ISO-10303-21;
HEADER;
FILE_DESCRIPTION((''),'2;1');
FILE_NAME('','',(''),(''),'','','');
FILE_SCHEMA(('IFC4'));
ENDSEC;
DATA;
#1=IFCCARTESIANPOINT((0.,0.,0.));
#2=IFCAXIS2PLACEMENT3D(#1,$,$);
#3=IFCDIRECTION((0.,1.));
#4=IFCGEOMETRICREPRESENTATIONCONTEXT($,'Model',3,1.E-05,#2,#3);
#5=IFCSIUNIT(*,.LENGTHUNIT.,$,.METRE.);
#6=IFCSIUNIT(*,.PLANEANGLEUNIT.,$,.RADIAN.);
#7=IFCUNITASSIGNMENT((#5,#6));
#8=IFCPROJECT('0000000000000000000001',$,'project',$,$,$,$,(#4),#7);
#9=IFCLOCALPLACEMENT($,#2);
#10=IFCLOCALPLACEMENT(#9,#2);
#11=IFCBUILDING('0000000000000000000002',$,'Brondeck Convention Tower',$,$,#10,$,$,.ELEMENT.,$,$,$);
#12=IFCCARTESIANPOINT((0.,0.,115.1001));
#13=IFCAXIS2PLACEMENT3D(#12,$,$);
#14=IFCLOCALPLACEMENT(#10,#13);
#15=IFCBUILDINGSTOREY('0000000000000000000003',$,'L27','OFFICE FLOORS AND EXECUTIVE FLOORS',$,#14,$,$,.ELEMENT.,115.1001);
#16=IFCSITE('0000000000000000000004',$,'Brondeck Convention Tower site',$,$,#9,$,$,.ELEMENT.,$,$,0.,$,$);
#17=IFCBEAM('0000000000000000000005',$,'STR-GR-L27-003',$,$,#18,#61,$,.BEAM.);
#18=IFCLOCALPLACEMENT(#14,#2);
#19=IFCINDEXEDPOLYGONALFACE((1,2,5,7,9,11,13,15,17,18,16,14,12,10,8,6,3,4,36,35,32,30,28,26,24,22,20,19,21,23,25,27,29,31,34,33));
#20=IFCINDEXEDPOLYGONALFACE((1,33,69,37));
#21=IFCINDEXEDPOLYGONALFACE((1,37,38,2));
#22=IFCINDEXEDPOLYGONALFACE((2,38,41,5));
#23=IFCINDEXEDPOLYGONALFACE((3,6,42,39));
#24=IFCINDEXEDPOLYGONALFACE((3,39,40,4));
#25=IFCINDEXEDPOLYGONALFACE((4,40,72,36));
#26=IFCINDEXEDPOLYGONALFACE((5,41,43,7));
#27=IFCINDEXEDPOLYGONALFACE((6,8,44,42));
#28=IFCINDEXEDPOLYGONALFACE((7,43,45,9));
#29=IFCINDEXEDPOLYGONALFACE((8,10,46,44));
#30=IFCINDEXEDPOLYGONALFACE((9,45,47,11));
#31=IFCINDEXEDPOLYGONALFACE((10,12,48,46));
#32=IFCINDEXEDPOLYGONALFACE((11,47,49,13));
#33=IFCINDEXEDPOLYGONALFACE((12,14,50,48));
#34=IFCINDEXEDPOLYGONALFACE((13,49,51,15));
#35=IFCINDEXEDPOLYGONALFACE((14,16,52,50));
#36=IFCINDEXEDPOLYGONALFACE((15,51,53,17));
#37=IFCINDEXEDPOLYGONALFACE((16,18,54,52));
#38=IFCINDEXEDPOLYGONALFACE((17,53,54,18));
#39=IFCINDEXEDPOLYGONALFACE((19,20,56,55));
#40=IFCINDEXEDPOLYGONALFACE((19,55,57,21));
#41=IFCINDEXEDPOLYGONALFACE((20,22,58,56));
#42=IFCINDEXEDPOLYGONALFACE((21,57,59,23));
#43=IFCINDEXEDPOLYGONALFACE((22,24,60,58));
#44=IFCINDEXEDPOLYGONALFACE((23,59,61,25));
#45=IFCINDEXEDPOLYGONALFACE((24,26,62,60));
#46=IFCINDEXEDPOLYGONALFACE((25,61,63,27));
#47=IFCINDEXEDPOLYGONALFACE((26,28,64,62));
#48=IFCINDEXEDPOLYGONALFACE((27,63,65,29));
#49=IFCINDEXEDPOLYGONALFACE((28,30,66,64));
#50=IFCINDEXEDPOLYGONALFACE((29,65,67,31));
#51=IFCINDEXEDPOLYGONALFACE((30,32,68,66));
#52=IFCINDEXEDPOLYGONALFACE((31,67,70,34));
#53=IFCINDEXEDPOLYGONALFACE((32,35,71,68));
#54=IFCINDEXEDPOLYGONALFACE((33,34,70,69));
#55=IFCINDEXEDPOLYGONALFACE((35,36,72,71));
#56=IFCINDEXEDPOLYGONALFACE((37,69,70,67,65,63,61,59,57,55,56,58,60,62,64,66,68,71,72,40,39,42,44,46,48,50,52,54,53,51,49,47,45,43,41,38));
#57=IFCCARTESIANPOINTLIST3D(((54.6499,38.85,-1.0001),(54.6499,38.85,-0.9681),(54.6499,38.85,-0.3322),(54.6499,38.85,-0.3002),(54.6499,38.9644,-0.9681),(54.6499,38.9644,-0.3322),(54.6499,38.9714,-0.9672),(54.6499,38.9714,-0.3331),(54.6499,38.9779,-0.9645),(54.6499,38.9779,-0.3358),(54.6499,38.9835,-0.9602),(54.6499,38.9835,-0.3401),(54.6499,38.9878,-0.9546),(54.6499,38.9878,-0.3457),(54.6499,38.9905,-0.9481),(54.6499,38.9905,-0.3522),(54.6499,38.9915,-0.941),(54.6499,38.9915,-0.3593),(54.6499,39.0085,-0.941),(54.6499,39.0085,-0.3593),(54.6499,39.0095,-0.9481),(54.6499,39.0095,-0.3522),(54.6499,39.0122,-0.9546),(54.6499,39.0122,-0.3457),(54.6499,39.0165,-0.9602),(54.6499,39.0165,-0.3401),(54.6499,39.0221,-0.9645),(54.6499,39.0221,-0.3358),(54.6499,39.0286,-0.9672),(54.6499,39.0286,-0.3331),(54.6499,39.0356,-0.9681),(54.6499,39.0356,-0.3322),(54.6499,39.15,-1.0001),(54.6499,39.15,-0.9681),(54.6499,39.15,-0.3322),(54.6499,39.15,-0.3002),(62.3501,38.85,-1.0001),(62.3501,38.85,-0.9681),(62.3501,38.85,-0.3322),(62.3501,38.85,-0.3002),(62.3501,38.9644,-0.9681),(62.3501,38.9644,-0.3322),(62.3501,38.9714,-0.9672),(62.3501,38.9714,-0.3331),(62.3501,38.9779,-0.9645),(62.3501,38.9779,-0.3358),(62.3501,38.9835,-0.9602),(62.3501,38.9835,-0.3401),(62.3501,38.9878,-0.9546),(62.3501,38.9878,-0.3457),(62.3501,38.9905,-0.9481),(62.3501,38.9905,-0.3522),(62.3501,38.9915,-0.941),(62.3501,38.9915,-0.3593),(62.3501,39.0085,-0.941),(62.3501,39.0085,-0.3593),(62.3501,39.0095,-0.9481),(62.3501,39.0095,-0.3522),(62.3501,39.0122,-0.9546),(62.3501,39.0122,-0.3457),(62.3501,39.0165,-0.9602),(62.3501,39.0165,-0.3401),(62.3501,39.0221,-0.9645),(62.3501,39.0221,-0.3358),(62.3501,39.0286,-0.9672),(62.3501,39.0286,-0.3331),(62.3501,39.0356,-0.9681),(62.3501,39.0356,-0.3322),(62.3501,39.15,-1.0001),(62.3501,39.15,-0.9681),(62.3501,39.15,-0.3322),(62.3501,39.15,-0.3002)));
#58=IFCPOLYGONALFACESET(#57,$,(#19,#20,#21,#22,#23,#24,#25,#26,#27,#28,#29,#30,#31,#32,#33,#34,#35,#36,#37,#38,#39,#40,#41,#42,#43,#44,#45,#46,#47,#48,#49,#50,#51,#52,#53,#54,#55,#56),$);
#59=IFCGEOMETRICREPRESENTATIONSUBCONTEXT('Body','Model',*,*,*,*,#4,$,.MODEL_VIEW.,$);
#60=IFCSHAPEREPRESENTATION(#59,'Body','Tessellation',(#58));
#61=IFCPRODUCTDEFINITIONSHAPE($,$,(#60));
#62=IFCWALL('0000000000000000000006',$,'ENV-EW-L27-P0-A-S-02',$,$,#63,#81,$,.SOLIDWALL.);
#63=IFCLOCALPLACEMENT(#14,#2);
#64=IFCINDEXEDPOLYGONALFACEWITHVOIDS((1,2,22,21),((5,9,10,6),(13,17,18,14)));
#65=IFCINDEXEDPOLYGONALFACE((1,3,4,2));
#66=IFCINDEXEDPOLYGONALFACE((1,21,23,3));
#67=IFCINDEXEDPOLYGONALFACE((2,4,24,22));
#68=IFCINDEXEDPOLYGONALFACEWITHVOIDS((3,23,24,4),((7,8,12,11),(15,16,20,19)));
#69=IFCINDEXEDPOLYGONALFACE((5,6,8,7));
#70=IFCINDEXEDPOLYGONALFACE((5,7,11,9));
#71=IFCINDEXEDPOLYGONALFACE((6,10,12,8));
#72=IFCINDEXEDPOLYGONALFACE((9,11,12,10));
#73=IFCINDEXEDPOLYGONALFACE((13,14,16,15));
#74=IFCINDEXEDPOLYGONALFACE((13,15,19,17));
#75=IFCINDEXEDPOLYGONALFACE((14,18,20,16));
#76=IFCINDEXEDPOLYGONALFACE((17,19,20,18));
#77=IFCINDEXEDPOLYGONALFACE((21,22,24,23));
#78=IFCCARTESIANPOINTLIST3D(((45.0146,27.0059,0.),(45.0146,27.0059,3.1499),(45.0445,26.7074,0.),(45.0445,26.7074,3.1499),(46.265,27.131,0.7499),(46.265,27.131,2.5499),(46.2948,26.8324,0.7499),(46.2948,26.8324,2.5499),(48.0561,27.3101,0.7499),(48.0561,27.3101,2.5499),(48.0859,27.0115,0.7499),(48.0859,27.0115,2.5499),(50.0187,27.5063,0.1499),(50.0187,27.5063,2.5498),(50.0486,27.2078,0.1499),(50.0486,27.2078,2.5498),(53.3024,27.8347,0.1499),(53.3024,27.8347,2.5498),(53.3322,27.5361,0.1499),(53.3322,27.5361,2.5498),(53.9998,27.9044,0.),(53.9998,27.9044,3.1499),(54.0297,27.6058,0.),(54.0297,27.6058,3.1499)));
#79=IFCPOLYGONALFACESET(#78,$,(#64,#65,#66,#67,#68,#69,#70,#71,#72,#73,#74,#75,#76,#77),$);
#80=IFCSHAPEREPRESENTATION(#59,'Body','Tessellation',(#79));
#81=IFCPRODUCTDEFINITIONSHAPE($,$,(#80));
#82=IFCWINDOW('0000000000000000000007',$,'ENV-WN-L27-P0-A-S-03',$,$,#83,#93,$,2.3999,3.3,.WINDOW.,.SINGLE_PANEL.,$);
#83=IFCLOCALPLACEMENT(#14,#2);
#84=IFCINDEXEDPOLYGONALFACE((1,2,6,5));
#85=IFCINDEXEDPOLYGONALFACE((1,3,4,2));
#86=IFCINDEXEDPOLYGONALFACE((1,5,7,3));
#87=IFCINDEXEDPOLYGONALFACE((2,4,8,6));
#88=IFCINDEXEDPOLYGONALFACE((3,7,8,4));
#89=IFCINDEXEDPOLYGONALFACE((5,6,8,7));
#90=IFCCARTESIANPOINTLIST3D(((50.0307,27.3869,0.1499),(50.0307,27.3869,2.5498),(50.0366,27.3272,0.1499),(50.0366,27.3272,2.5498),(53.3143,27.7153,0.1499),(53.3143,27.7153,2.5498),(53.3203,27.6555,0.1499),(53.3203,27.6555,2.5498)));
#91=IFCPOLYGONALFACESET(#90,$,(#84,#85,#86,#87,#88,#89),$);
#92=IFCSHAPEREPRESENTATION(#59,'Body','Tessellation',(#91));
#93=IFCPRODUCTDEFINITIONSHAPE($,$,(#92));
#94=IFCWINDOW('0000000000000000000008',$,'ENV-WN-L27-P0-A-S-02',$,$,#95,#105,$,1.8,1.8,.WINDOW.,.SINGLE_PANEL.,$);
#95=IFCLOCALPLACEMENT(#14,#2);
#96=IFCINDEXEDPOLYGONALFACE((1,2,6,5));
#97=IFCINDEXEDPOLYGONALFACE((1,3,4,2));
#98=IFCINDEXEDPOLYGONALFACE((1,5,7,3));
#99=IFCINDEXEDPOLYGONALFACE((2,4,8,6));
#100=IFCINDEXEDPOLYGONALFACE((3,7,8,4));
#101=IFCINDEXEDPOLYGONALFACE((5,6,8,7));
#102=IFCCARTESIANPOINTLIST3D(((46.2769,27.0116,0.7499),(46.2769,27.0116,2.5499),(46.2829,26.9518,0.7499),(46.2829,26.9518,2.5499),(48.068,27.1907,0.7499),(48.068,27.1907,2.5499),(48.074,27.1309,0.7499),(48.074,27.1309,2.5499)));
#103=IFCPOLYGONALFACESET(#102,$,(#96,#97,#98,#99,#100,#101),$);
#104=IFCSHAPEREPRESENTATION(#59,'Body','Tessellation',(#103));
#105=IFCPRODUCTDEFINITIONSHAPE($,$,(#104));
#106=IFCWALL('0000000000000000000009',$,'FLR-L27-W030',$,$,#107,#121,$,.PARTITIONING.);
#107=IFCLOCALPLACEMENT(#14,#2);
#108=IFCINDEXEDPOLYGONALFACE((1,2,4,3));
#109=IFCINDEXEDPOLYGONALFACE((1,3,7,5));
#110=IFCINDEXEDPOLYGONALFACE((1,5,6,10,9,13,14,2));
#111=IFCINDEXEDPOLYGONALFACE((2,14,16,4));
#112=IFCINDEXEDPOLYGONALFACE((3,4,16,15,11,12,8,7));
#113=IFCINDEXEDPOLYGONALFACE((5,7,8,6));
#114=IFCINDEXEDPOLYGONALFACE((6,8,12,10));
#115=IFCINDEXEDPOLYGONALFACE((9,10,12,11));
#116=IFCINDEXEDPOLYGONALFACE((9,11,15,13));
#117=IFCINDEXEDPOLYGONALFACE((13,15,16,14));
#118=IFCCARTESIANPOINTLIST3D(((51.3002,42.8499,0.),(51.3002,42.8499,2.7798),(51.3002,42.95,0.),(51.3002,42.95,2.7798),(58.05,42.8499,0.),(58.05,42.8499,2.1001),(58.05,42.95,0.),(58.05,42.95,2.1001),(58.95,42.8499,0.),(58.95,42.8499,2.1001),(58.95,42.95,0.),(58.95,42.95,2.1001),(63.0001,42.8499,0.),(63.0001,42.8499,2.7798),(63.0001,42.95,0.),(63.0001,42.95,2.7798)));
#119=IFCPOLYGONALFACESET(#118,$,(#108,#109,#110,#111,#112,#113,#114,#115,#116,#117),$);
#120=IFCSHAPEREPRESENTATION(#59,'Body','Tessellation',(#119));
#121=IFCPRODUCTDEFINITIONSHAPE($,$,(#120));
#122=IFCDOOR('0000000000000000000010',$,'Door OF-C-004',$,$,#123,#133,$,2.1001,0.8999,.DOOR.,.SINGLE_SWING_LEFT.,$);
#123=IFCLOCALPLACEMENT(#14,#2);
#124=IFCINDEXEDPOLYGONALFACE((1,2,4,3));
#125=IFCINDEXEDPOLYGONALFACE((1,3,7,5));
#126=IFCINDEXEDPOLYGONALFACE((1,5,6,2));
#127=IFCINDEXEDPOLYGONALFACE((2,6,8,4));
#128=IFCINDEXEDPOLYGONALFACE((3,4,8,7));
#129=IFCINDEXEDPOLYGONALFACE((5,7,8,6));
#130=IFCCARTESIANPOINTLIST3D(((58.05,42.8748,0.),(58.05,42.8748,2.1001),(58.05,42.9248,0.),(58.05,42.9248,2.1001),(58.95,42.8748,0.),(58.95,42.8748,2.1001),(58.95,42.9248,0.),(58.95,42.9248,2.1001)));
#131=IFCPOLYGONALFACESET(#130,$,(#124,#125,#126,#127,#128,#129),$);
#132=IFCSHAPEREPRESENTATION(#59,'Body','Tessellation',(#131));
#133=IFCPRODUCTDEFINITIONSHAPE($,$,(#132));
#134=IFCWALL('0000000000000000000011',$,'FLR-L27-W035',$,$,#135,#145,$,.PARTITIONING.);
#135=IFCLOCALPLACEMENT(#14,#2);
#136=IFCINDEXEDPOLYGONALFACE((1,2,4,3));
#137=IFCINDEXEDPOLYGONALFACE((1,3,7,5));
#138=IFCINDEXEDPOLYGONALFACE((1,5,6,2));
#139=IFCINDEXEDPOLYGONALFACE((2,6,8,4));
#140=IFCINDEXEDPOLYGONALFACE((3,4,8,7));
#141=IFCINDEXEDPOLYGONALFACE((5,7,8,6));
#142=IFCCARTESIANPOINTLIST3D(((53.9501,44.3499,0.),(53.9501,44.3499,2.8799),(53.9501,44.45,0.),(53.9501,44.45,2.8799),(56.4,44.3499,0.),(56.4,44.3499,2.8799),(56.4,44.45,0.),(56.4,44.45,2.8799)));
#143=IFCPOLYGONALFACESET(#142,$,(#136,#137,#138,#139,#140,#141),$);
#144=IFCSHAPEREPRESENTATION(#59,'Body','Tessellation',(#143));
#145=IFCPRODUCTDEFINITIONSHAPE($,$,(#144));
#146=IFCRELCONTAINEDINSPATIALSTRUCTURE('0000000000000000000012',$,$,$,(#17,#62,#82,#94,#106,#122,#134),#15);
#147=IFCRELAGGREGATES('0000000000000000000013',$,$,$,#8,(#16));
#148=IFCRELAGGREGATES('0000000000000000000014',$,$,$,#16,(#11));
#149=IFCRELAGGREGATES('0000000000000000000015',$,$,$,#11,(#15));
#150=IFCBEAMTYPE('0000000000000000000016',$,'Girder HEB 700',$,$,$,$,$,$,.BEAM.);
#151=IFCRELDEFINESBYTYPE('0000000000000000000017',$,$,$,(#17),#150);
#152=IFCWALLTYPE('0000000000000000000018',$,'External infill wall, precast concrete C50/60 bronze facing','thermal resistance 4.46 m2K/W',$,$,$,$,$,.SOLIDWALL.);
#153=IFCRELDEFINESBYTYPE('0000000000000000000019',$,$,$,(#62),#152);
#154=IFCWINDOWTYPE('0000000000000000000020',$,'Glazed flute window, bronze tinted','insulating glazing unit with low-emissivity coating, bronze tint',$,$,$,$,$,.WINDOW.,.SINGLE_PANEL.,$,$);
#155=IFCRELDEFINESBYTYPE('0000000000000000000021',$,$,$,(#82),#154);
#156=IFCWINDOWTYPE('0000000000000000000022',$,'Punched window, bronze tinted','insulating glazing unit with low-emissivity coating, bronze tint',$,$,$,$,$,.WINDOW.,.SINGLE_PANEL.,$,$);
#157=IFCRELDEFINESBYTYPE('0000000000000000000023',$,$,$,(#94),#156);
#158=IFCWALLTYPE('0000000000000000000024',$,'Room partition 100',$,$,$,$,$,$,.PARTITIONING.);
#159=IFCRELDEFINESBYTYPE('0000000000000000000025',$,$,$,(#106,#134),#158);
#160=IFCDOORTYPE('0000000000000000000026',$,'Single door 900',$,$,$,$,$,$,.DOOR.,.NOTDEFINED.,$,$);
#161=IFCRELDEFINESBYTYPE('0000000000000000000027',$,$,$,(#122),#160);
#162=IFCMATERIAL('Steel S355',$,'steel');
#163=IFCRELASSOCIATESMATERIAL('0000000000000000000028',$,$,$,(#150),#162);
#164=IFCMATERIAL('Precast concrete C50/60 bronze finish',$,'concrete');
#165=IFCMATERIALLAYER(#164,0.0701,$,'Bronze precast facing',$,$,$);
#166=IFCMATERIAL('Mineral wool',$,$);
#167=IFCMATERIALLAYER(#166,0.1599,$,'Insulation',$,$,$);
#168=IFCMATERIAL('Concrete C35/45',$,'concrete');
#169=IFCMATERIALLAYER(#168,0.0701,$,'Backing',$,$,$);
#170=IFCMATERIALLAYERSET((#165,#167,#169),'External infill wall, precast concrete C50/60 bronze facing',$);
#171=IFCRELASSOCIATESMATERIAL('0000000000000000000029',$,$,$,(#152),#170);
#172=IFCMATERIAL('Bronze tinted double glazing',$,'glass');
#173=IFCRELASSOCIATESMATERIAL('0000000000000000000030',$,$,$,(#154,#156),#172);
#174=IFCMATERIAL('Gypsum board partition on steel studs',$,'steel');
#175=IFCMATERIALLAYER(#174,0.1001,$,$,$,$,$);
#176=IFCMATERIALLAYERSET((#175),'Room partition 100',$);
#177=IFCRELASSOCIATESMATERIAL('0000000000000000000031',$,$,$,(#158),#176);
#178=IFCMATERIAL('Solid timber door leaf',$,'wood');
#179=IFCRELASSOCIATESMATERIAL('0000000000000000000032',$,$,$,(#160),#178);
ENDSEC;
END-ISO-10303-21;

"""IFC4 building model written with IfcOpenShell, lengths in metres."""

from ifc_helpers import new_model, si_unit, direction, frame, frame_2d, origin, origin_2d, place, context, subcontext, project, spatial, rectangle, i_section, extrude, material, layer, layer_set, material_profile, profile_set, type_object, element, fill, save


model = new_model("IFC4")

# Units and contexts
model_context = context("Model", 3, precision=1e-05, world=origin(), true_north=direction((0.0, 1.0)))
body_context = subcontext(model_context, "Body", "Model", "MODEL_VIEW")
ifc_project = project(units=[si_unit("LENGTHUNIT", "METRE"), si_unit("PLANEANGLEUNIT", "RADIAN")], contexts=[model_context])

# Site, building, storey
site_placement = place(None, origin())
site = spatial("IfcSite", under=ifc_project, at=site_placement, Name="Brondeck Convention Tower site", CompositionType="ELEMENT", RefElevation=0.0)
building_placement = place(site_placement, origin())
building = spatial("IfcBuilding", under=site, at=building_placement, Name="Brondeck Convention Tower", CompositionType="ELEMENT")
storey_placement = place(building_placement, frame((0.0, 0.0, 115.1001)))
storey = spatial("IfcBuildingStorey", under=building, at=storey_placement, Name="L27", Description="OFFICE FLOORS AND EXECUTIVE FLOORS", CompositionType="ELEMENT", Elevation=115.1001)

# Beam
ifc_material_1 = material(Name="Steel S355", Category="steel")
ifc_material_profile_1 = material_profile(ifc_material_1, i_section(OverallWidth=0.3, OverallDepth=0.7, WebThickness=0.0171, FlangeThickness=0.032, FilletRadius=0.0271, at=origin_2d()), Name="HEB 700")
ifc_profile_set_1 = profile_set([ifc_material_profile_1], Name="Steel S355")
beam_type_1 = type_object("IfcBeamType", Name="Girder HEB 700", PredefinedType="BEAM", material=ifc_profile_set_1)
for number, where, z_axis, x_axis, name in (
    (1, (54.6499, 39.0, -0.6501), (1.0, 0.0, 0.0), (0.0, 1.0, 0.0), "STR-GR-L27-003"),
):
    element("IfcBeam", number, at=place(storey_placement, frame(where, z_axis=z_axis, x_axis=x_axis)), inside=storey, type_object=beam_type_1, Name=name, PredefinedType="BEAM", context=body_context, shape_type="SweptSolid", body=[
        extrude(i_section(OverallWidth=0.3, OverallDepth=0.7, WebThickness=0.0171, FlangeThickness=0.032, FilletRadius=0.0271, at=origin_2d()), origin(), (0.0, 0.0, 1.0), 7.7002),
    ])

# Wall, openings, windows
ifc_material_2 = material(Name="Precast concrete C50/60 bronze finish", Category="concrete")
ifc_layer_1 = layer(ifc_material_2, 0.0701, Name="Bronze precast facing")
ifc_material_3 = material(Name="Mineral wool")
ifc_layer_2 = layer(ifc_material_3, 0.1599, Name="Insulation")
ifc_material_4 = material(Name="Concrete C35/45", Category="concrete")
ifc_layer_3 = layer(ifc_material_4, 0.0701, Name="Backing")
ifc_layer_set_1 = layer_set([ifc_layer_1, ifc_layer_2, ifc_layer_3], Name="External infill wall, precast concrete C50/60 bronze facing")
wall_type_1 = type_object("IfcWallType", Name="External infill wall, precast concrete C50/60 bronze facing", Description="thermal resistance 4.46 m2K/W", PredefinedType="SOLIDWALL", material=ifc_layer_set_1)
wall_1_placement = place(storey_placement, frame((54.0149, 27.7551, 0.0), z_axis=(0.0, 0.0, 1.0), x_axis=(-0.995038, -0.099496, 0.0)))
wall_1 = element("IfcWall", 2, at=wall_1_placement, inside=storey, type_object=wall_type_1, Name="ENV-EW-L27-P0-A-S-02", PredefinedType="SOLIDWALL", context=body_context, shape_type="SweptSolid", body=[
    extrude(rectangle(XDim=9.03, YDim=0.3, at=frame_2d((4.5151, 0.0))), origin(), (0.0, 0.0, 1.0), 3.1499),
])
opening_1_placement = place(wall_1_placement, frame((0.7012, 0.0, 0.1499)))
opening_1 = element("IfcOpeningElement", 3, at=opening_1_placement, cuts=wall_1, PredefinedType="OPENING", context=body_context, shape_type="SweptSolid", body=[
    extrude(rectangle(XDim=3.3, YDim=2.3999, at=frame_2d((1.6499, 1.2))), frame((0.0, 0.1599, 0.0), z_axis=(0.0, -1.0, 0.0), x_axis=(1.0, 0.0, 0.0)), (0.0, 0.0, 1.0), 0.3201),
])
opening_2_placement = place(wall_1_placement, frame((5.9736, 0.0, 0.75)))
opening_2 = element("IfcOpeningElement", 4, at=opening_2_placement, cuts=wall_1, PredefinedType="OPENING", context=body_context, shape_type="SweptSolid", body=[
    extrude(rectangle(XDim=1.8, YDim=1.8, at=frame_2d((0.8999, 0.8999))), frame((0.0, 0.1599, 0.0), z_axis=(0.0, -1.0, 0.0), x_axis=(1.0, 0.0, 0.0)), (0.0, 0.0, 1.0), 0.3201),
])
ifc_material_5 = material(Name="Bronze tinted double glazing", Category="glass")
window_type_1 = type_object("IfcWindowType", Name="Glazed flute window, bronze tinted", Description="insulating glazing unit with low-emissivity coating, bronze tint", PartitioningType="SINGLE_PANEL", PredefinedType="WINDOW", material=ifc_material_5)
window_1_placement = place(opening_1_placement, origin())
window_1 = element("IfcWindow", 5, at=window_1_placement, inside=storey, type_object=window_type_1, Name="ENV-WN-L27-P0-A-S-03", OverallHeight=2.3999, OverallWidth=3.3, PartitioningType="SINGLE_PANEL", PredefinedType="WINDOW", context=body_context, shape_type="SweptSolid", body=[
    extrude(rectangle(XDim=3.3, YDim=2.3999, at=frame_2d((1.6499, 1.2))), frame((0.0, 0.03, 0.0), z_axis=(0.0, -1.0, 0.0), x_axis=(1.0, 0.0, 0.0)), (0.0, 0.0, 1.0), 0.0601),
])
fill(opening_1, window_1)
window_type_2 = type_object("IfcWindowType", Name="Punched window, bronze tinted", Description="insulating glazing unit with low-emissivity coating, bronze tint", PartitioningType="SINGLE_PANEL", PredefinedType="WINDOW", material=ifc_material_5)
window_2_placement = place(opening_2_placement, origin())
window_2 = element("IfcWindow", 6, at=window_2_placement, inside=storey, type_object=window_type_2, Name="ENV-WN-L27-P0-A-S-02", OverallHeight=1.8, OverallWidth=1.8, PartitioningType="SINGLE_PANEL", PredefinedType="WINDOW", context=body_context, shape_type="SweptSolid", body=[
    extrude(rectangle(XDim=1.8, YDim=1.8, at=frame_2d((0.8999, 0.8999))), frame((0.0, 0.03, 0.0), z_axis=(0.0, -1.0, 0.0), x_axis=(1.0, 0.0, 0.0)), (0.0, 0.0, 1.0), 0.0601),
])
fill(opening_2, window_2)

# Wall, opening, door
ifc_material_6 = material(Name="Gypsum board partition on steel studs", Category="steel")
ifc_layer_4 = layer(ifc_material_6, 0.1001)
ifc_layer_set_2 = layer_set([ifc_layer_4], Name="Room partition 100")
wall_type_2 = type_object("IfcWallType", Name="Room partition 100", PredefinedType="PARTITIONING", material=ifc_layer_set_2)
wall_2_placement = place(storey_placement, frame((51.3, 42.8999, 0.0), z_axis=(0.0, 0.0, 1.0), x_axis=(1.0, 0.0, 0.0)))
wall_2 = element("IfcWall", 7, at=wall_2_placement, inside=storey, type_object=wall_type_2, Name="FLR-L27-W030", PredefinedType="PARTITIONING", context=body_context, shape_type="SweptSolid", body=[
    extrude(rectangle(XDim=11.7, YDim=0.1001, at=frame_2d((5.8501, 0.0))), origin(), (0.0, 0.0, 1.0), 2.7798),
])
opening_3_placement = place(wall_2_placement, frame((6.75, 0.0, 0.0)))
opening_3 = element("IfcOpeningElement", 8, at=opening_3_placement, cuts=wall_2, PredefinedType="OPENING", context=body_context, shape_type="SweptSolid", body=[
    extrude(rectangle(XDim=0.8999, YDim=2.1001, at=frame_2d((0.45, 1.05))), frame((0.0, 0.0601, 0.0), z_axis=(0.0, -1.0, 0.0), x_axis=(1.0, 0.0, 0.0)), (0.0, 0.0, 1.0), 0.1201),
])
ifc_material_7 = material(Name="Solid timber door leaf", Category="wood")
door_type_1 = type_object("IfcDoorType", Name="Single door 900", OperationType="NOTDEFINED", PredefinedType="DOOR", material=ifc_material_7)
door_1_placement = place(opening_3_placement, origin())
door_1 = element("IfcDoor", 9, at=door_1_placement, inside=storey, type_object=door_type_1, Name="Door OF-C-004", OperationType="SINGLE_SWING_LEFT", OverallHeight=2.1001, OverallWidth=0.8999, PredefinedType="DOOR", context=body_context, shape_type="SweptSolid", body=[
    extrude(rectangle(XDim=0.8999, YDim=2.1001, at=frame_2d((0.45, 1.05))), frame((0.0, 0.0249, 0.0), z_axis=(0.0, -1.0, 0.0), x_axis=(1.0, 0.0, 0.0)), (0.0, 0.0, 1.0), 0.05),
])
fill(opening_3, door_1)

# Wall
wall_3_placement = place(storey_placement, frame((53.95, 44.3999, 0.0), z_axis=(0.0, 0.0, 1.0), x_axis=(1.0, 0.0, 0.0)))
element("IfcWall", 10, at=wall_3_placement, inside=storey, type_object=wall_type_2, Name="FLR-L27-W035", PredefinedType="PARTITIONING", context=body_context, shape_type="SweptSolid", body=[
    extrude(rectangle(XDim=2.45, YDim=0.1001, at=frame_2d((1.2251, 0.0))), origin(), (0.0, 0.0, 1.0), 2.8799),
])

save(model, "model.ifc")
